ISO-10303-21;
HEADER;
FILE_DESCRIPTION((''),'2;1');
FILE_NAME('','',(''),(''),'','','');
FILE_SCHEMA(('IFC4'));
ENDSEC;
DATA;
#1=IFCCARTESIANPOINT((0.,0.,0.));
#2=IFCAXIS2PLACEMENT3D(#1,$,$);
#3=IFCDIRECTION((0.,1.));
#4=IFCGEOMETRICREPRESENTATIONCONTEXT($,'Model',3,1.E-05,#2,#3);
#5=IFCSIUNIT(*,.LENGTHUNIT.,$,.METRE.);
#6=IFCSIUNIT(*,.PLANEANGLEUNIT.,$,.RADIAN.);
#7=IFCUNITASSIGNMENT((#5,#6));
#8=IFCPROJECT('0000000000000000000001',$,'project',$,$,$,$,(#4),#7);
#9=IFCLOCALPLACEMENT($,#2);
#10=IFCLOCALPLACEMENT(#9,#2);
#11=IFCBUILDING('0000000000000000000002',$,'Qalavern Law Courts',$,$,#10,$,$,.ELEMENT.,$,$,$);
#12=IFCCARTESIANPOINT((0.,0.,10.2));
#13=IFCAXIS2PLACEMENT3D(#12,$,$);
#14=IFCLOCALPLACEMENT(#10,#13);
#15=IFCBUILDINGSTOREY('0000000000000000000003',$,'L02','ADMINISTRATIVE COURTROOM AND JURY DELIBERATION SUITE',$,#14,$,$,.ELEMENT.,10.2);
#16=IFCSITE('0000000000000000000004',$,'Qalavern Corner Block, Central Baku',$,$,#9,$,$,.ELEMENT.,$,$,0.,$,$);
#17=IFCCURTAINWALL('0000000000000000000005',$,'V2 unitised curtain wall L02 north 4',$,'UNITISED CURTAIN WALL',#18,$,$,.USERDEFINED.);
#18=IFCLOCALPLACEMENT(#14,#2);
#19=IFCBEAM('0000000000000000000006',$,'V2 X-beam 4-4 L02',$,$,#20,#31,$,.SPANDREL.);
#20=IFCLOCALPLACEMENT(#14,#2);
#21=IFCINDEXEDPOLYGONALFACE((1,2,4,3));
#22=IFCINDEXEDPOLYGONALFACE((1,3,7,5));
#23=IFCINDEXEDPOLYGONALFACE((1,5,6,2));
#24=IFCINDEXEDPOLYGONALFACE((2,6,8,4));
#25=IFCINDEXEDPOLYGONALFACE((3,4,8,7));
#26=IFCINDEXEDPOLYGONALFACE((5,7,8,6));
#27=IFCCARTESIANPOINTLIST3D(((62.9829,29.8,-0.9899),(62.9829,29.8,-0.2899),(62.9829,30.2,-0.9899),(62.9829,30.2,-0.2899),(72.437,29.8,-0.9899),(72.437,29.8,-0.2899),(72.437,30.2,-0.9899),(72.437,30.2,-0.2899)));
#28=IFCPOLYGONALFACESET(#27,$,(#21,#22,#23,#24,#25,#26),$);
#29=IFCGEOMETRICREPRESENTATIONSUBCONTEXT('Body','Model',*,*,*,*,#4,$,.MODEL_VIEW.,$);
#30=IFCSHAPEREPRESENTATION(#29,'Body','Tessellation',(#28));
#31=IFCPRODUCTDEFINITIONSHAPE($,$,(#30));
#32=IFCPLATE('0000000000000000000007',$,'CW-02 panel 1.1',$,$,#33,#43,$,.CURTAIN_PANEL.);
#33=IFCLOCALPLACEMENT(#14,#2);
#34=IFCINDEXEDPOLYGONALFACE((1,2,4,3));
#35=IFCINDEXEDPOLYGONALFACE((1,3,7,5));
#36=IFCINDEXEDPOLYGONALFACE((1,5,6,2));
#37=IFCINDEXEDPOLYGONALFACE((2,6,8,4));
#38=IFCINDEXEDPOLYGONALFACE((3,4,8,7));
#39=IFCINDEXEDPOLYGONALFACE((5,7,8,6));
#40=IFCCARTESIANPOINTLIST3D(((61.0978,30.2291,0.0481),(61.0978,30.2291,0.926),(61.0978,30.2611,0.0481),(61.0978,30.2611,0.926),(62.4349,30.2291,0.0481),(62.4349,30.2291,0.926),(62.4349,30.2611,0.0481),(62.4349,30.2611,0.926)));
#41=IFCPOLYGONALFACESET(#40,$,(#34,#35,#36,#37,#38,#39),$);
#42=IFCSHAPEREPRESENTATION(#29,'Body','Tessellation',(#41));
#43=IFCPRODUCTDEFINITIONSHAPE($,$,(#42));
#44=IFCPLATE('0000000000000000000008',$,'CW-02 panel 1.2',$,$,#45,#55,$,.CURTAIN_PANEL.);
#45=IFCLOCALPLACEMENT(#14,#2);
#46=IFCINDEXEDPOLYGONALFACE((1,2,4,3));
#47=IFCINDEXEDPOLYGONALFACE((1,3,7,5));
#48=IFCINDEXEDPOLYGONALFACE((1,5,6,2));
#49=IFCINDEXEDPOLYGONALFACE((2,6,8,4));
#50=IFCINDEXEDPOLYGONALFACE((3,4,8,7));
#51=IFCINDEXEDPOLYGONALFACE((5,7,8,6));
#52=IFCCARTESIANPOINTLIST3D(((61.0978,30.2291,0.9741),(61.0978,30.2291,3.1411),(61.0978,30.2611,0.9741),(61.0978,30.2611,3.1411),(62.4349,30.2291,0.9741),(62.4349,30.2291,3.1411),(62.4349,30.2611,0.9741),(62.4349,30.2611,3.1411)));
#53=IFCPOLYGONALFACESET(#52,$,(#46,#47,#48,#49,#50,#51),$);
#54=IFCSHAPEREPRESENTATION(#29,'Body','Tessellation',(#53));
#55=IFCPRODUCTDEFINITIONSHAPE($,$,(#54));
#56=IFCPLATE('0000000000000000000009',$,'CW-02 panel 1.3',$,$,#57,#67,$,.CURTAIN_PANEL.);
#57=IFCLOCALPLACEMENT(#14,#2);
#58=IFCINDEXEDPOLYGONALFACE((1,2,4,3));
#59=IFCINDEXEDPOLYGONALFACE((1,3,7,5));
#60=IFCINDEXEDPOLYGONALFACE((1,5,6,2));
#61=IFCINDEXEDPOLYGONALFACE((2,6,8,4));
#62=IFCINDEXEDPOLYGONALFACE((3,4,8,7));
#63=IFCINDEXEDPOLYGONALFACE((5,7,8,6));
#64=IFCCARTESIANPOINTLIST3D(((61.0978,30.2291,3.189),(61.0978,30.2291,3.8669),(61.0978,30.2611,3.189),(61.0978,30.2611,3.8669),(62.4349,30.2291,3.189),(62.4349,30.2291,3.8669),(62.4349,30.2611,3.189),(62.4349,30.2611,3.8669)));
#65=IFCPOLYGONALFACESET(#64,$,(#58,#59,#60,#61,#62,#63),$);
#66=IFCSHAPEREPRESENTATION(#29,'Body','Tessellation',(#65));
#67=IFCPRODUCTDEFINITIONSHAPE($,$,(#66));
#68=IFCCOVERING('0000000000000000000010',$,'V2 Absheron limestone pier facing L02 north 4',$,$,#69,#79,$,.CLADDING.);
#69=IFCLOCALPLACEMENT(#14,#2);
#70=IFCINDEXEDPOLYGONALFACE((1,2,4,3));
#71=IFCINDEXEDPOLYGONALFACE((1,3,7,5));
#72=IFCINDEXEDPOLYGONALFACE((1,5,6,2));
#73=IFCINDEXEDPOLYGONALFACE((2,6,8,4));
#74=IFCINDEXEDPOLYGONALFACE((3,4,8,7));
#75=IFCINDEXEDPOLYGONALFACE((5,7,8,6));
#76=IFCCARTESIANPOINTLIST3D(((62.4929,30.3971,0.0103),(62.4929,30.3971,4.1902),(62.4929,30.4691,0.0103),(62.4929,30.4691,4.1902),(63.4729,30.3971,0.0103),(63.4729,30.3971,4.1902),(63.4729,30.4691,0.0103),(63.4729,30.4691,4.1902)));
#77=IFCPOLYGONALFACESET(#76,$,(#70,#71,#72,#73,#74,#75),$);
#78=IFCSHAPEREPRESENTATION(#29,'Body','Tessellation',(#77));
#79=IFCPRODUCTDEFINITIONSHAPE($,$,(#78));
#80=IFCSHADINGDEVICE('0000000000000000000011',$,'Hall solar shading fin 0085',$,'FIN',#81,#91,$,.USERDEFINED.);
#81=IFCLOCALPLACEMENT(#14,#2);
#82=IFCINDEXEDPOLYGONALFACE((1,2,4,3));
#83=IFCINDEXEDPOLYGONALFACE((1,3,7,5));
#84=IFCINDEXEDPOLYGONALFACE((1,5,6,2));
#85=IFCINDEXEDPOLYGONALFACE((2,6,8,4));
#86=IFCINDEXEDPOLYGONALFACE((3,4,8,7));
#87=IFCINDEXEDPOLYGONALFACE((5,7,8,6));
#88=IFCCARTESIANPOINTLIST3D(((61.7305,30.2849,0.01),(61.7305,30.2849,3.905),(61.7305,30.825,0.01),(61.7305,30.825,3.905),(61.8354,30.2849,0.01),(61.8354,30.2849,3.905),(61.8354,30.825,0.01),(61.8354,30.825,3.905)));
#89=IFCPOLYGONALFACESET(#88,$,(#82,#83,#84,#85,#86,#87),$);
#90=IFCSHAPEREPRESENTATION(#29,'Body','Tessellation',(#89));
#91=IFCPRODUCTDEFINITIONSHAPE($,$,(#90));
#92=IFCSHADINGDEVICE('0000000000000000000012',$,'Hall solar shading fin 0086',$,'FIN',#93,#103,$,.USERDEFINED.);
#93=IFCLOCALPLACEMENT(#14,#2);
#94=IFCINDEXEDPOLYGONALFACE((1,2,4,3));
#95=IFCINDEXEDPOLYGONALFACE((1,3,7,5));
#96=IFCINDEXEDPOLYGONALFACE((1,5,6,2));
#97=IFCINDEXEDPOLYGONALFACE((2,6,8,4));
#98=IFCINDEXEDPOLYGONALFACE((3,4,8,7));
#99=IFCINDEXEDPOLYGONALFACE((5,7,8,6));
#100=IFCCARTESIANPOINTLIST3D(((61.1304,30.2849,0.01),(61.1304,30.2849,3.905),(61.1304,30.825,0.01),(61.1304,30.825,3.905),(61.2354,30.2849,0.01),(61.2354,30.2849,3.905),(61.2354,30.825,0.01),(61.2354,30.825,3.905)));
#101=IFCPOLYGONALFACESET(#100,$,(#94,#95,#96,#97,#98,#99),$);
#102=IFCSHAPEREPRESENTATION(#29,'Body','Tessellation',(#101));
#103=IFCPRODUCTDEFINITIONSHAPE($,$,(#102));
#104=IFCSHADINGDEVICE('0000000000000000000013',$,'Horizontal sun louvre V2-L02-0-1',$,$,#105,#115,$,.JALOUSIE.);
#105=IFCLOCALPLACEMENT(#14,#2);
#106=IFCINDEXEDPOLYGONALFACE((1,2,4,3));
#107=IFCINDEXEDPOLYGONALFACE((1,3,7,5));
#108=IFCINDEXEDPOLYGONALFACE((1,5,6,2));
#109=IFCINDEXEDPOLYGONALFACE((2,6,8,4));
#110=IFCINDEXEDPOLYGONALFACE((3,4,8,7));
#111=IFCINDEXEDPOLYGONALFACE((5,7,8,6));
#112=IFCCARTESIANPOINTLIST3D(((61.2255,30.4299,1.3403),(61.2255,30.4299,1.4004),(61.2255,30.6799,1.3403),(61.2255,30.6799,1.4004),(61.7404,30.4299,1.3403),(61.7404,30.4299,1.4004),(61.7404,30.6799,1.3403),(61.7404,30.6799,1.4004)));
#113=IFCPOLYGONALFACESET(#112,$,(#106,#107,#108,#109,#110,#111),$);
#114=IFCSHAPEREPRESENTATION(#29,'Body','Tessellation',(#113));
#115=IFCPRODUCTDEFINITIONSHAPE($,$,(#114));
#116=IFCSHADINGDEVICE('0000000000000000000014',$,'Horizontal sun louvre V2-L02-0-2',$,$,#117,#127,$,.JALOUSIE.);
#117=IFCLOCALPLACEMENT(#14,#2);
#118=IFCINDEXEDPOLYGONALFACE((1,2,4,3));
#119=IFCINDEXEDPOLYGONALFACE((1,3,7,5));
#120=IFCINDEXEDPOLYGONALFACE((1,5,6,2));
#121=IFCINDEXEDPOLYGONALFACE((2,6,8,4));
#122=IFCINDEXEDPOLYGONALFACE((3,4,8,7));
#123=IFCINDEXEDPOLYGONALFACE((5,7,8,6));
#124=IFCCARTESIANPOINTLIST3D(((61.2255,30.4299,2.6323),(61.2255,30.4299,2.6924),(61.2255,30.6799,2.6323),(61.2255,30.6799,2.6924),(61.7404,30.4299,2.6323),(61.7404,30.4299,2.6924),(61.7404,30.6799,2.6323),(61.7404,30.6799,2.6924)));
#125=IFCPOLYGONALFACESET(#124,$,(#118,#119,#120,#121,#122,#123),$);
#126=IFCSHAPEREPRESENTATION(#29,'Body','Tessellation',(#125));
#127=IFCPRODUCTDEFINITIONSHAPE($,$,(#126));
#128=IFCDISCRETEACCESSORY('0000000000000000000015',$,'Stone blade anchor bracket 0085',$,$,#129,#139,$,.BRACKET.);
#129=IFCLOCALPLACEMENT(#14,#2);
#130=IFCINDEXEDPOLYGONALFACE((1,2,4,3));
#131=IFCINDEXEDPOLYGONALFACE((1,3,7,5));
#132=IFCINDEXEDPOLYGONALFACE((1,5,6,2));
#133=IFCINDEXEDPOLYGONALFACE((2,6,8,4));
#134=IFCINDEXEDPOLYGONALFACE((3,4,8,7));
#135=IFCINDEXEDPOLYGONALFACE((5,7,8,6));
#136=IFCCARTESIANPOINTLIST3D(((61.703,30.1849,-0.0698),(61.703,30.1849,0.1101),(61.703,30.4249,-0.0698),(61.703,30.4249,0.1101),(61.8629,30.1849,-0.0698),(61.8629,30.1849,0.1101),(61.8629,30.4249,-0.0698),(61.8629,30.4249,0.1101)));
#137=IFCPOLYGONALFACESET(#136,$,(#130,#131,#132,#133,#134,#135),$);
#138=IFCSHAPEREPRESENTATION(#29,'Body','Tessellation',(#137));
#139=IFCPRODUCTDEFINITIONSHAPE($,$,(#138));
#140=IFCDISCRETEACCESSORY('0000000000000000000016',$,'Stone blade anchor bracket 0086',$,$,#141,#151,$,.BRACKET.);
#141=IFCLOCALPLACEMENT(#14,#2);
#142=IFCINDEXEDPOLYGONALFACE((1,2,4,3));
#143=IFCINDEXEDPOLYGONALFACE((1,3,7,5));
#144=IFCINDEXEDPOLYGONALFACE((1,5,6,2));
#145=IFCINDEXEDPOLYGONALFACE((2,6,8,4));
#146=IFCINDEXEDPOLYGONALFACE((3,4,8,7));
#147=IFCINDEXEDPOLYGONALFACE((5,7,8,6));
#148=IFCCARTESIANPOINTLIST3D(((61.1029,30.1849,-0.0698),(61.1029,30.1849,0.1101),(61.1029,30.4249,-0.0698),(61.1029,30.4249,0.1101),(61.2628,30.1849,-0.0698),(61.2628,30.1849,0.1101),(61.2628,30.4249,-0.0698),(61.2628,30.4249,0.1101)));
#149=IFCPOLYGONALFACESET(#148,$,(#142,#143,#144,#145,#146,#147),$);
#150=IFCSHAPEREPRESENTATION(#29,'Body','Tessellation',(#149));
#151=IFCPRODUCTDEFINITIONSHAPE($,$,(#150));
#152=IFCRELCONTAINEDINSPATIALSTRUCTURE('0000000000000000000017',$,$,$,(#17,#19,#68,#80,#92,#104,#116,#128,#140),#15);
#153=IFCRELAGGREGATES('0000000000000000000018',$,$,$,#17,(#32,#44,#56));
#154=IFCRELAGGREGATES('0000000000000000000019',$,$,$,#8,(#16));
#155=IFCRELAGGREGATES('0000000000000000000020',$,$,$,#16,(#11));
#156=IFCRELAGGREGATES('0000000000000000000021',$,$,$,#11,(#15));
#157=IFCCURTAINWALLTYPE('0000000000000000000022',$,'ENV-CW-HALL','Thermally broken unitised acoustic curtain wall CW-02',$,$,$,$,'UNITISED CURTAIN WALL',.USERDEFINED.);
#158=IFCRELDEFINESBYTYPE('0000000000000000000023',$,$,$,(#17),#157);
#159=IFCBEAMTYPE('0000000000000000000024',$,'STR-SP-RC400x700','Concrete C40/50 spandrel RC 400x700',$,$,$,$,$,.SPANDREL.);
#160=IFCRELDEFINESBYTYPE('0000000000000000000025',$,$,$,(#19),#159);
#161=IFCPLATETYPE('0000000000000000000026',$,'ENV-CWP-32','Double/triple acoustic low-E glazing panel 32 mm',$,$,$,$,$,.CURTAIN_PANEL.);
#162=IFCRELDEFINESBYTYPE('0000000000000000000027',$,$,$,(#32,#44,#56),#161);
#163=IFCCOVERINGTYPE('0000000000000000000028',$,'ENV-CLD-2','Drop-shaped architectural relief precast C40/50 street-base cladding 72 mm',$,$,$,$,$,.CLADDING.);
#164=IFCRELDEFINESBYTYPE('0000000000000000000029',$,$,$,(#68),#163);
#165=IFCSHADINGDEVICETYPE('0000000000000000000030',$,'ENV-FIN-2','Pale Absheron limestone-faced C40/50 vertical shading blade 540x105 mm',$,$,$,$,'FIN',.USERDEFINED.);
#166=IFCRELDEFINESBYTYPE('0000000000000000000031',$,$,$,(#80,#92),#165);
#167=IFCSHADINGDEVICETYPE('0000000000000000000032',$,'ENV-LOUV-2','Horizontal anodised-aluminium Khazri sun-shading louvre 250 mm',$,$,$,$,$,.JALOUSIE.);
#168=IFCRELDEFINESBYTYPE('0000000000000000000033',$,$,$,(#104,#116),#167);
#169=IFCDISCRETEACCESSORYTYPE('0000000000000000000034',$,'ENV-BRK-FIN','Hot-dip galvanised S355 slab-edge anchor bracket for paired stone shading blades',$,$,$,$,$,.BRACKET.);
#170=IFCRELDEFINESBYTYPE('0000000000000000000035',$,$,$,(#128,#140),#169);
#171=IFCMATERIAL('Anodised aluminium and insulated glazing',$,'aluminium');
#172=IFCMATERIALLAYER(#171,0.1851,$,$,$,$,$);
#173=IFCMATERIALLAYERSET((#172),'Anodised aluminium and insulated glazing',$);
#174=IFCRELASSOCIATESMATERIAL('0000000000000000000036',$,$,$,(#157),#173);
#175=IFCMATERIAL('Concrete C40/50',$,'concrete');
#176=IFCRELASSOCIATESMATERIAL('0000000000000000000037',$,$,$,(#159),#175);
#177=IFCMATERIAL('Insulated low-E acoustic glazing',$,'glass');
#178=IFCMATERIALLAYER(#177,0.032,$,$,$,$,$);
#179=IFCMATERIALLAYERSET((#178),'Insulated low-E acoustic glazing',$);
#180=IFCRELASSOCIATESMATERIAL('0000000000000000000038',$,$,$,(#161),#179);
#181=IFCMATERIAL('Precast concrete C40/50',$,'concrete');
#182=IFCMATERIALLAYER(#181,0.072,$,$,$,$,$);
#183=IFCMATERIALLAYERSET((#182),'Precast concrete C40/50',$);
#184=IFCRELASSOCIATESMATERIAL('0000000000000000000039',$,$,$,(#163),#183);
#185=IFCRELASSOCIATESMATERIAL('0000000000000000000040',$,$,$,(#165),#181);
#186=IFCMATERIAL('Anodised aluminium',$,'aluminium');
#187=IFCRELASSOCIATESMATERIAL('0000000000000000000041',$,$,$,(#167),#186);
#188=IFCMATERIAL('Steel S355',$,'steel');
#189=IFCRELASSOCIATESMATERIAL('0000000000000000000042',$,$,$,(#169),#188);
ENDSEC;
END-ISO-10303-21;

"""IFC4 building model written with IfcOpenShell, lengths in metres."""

from ifc_helpers import new_model, si_unit, direction, frame, origin, origin_2d, place, context, subcontext, project, spatial, rectangle, extrude, material, layer, layer_set, material_profile, profile_set, type_object, element, aggregate, save


model = new_model("IFC4")

# Units and contexts
model_context = context("Model", 3, precision=1e-05, world=origin(), true_north=direction((0.0, 1.0)))
body_context = subcontext(model_context, "Body", "Model", "MODEL_VIEW")
ifc_project = project(units=[si_unit("LENGTHUNIT", "METRE"), si_unit("PLANEANGLEUNIT", "RADIAN")], contexts=[model_context])

# Site, building, storey
site_placement = place(None, origin())
site = spatial("IfcSite", under=ifc_project, at=site_placement, Name="Qalavern Corner Block, Central Baku", CompositionType="ELEMENT", RefElevation=0.0)
building_placement = place(site_placement, origin())
building = spatial("IfcBuilding", under=site, at=building_placement, Name="Qalavern Law Courts", CompositionType="ELEMENT")
storey_placement = place(building_placement, frame((0.0, 0.0, 10.2)))
storey = spatial("IfcBuildingStorey", under=building, at=storey_placement, Name="L02", Description="ADMINISTRATIVE COURTROOM AND JURY DELIBERATION SUITE", CompositionType="ELEMENT", Elevation=10.2)

# Curtain wall
ifc_material_1 = material(Name="Anodised aluminium and insulated glazing", Category="aluminium")
ifc_layer_1 = layer(ifc_material_1, 0.1851)
ifc_layer_set_1 = layer_set([ifc_layer_1], Name="Anodised aluminium and insulated glazing")
curtain_wall_type = type_object("IfcCurtainWallType", Name="ENV-CW-HALL", Description="Thermally broken unitised acoustic curtain wall CW-02", ElementType="UNITISED CURTAIN WALL", PredefinedType="USERDEFINED", material=ifc_layer_set_1)
curtain_wall_placement = place(storey_placement, origin())
curtain_wall = element("IfcCurtainWall", 1, at=curtain_wall_placement, inside=storey, type_object=curtain_wall_type, Name="V2 unitised curtain wall L02 north 4", ObjectType="UNITISED CURTAIN WALL", PredefinedType="USERDEFINED")
ifc_material_2 = material(Name="Anodised aluminium", Category="aluminium")

# Beam
ifc_material_3 = material(Name="Concrete C40/50", Category="concrete")
ifc_material_profile_1 = material_profile(ifc_material_3, rectangle(XDim=0.3999, YDim=0.7, at=origin_2d()), Name="RC 400x700")
ifc_profile_set_1 = profile_set([ifc_material_profile_1], Name="Concrete C40/50")
beam_type = type_object("IfcBeamType", Name="STR-SP-RC400x700", Description="Concrete C40/50 spandrel RC 400x700", PredefinedType="SPANDREL", material=ifc_profile_set_1)
beam_placement = place(storey_placement, frame((62.9829, 30.0, -0.6399), z_axis=(1.0, 0.0, 0.0), x_axis=(0.0, 1.0, 0.0)))
element("IfcBeam", 2, at=beam_placement, inside=storey, type_object=beam_type, Name="V2 X-beam 4-4 L02", PredefinedType="SPANDREL", context=body_context, shape_type="SweptSolid", body=[
    extrude(rectangle(XDim=0.3999, YDim=0.7, at=origin_2d()), origin(), (0.0, 0.0, 1.0), 9.4541),
])

# Plates
ifc_material_4 = material(Name="Insulated low-E acoustic glazing", Category="glass")
ifc_layer_2 = layer(ifc_material_4, 0.032)
ifc_layer_set_2 = layer_set([ifc_layer_2], Name="Insulated low-E acoustic glazing")
plate_type = type_object("IfcPlateType", Name="ENV-CWP-32", Description="Double/triple acoustic low-E glazing panel 32 mm", PredefinedType="CURTAIN_PANEL", material=ifc_layer_set_2)
plate_1_placement = place(storey_placement, frame((61.7664, 30.2451, 0.0481), z_axis=(0.0, 0.0, 1.0), x_axis=(-1.0, 0.0, 0.0)))
plate_1 = element("IfcPlate", 3, at=plate_1_placement, type_object=plate_type, Name="CW-02 panel 1.1", PredefinedType="CURTAIN_PANEL", context=body_context, shape_type="SweptSolid", body=[
    extrude(rectangle(XDim=1.3372, YDim=0.032, at=origin_2d()), origin(), (0.0, 0.0, 1.0), 0.8779),
])
plate_2_placement = place(storey_placement, frame((61.7664, 30.2451, 0.9741), z_axis=(0.0, 0.0, 1.0), x_axis=(-1.0, 0.0, 0.0)))
plate_2 = element("IfcPlate", 4, at=plate_2_placement, type_object=plate_type, Name="CW-02 panel 1.2", PredefinedType="CURTAIN_PANEL", context=body_context, shape_type="SweptSolid", body=[
    extrude(rectangle(XDim=1.3372, YDim=0.032, at=origin_2d()), origin(), (0.0, 0.0, 1.0), 2.167),
])
plate_3_placement = place(storey_placement, frame((61.7664, 30.2451, 3.189), z_axis=(0.0, 0.0, 1.0), x_axis=(-1.0, 0.0, 0.0)))
plate_3 = element("IfcPlate", 5, at=plate_3_placement, type_object=plate_type, Name="CW-02 panel 1.3", PredefinedType="CURTAIN_PANEL", context=body_context, shape_type="SweptSolid", body=[
    extrude(rectangle(XDim=1.3372, YDim=0.032, at=origin_2d()), origin(), (0.0, 0.0, 1.0), 0.678),
])
aggregate(curtain_wall, [plate_1, plate_2, plate_3])

# Covering
ifc_material_5 = material(Name="Precast concrete C40/50", Category="concrete")
ifc_layer_3 = layer(ifc_material_5, 0.072)
ifc_layer_set_3 = layer_set([ifc_layer_3], Name="Precast concrete C40/50")
covering_type = type_object("IfcCoveringType", Name="ENV-CLD-2", Description="Drop-shaped architectural relief precast C40/50 street-base cladding 72 mm", PredefinedType="CLADDING", material=ifc_layer_set_3)
covering_placement = place(storey_placement, frame((62.9829, 30.4331, 0.0103), z_axis=(0.0, 0.0, 1.0), x_axis=(-1.0, 0.0, 0.0)))
element("IfcCovering", 6, at=covering_placement, inside=storey, type_object=covering_type, Name="V2 Absheron limestone pier facing L02 north 4", PredefinedType="CLADDING", context=body_context, shape_type="SweptSolid", body=[
    extrude(rectangle(XDim=0.98, YDim=0.072, at=origin_2d()), origin(), (0.0, 0.0, 1.0), 4.1799),
])

# Shading devices
shading_device_type_1 = type_object("IfcShadingDeviceType", Name="ENV-FIN-2", Description="Pale Absheron limestone-faced C40/50 vertical shading blade 540x105 mm", ElementType="FIN", PredefinedType="USERDEFINED", material=ifc_material_5)
for number, where, z_axis, x_axis, name in (
    (7, (61.783, 30.5549, 0.01), (0.0, 0.0, 1.0), (0.0, 1.0, 0.0), "Hall solar shading fin 0085"),
    (8, (61.1829, 30.5549, 0.01), (0.0, 0.0, 1.0), (0.0, 1.0, 0.0), "Hall solar shading fin 0086"),
):
    element("IfcShadingDevice", number, at=place(storey_placement, frame(where, z_axis=z_axis, x_axis=x_axis)), inside=storey, type_object=shading_device_type_1, Name=name, ObjectType="FIN", PredefinedType="USERDEFINED", context=body_context, shape_type="SweptSolid", body=[
        extrude(rectangle(XDim=0.54, YDim=0.105, at=origin_2d()), origin(), (0.0, 0.0, 1.0), 3.895),
    ])
shading_device_type_2 = type_object("IfcShadingDeviceType", Name="ENV-LOUV-2", Description="Horizontal anodised-aluminium Khazri sun-shading louvre 250 mm", PredefinedType="JALOUSIE", material=ifc_material_2)
for number, where, z_axis, x_axis, name in (
    (9, (61.4829, 30.5549, 1.3403), (0.0, 0.0, 1.0), (-1.0, 0.0, 0.0), "Horizontal sun louvre V2-L02-0-1"),
    (10, (61.4829, 30.5549, 2.6323), (0.0, 0.0, 1.0), (-1.0, 0.0, 0.0), "Horizontal sun louvre V2-L02-0-2"),
):
    element("IfcShadingDevice", number, at=place(storey_placement, frame(where, z_axis=z_axis, x_axis=x_axis)), inside=storey, type_object=shading_device_type_2, Name=name, PredefinedType="JALOUSIE", context=body_context, shape_type="SweptSolid", body=[
        extrude(rectangle(XDim=0.5149, YDim=0.25, at=origin_2d()), origin(), (0.0, 0.0, 1.0), 0.0601),
    ])

# Discrete accessories
ifc_material_6 = material(Name="Steel S355", Category="steel")
discrete_accessory_type = type_object("IfcDiscreteAccessoryType", Name="ENV-BRK-FIN", Description="Hot-dip galvanised S355 slab-edge anchor bracket for paired stone shading blades", PredefinedType="BRACKET", material=ifc_material_6)
for number, where, z_axis, x_axis, name in (
    (11, (61.783, 30.3049, -0.0698), (0.0, 0.0, 1.0), (0.0, 1.0, 0.0), "Stone blade anchor bracket 0085"),
    (12, (61.1829, 30.3049, -0.0698), (0.0, 0.0, 1.0), (0.0, 1.0, 0.0), "Stone blade anchor bracket 0086"),
):
    element("IfcDiscreteAccessory", number, at=place(storey_placement, frame(where, z_axis=z_axis, x_axis=x_axis)), inside=storey, type_object=discrete_accessory_type, Name=name, PredefinedType="BRACKET", context=body_context, shape_type="SweptSolid", body=[
        extrude(rectangle(XDim=0.24, YDim=0.1599, at=origin_2d()), origin(), (0.0, 0.0, 1.0), 0.1799),
    ])

save(model, "model.ifc")
